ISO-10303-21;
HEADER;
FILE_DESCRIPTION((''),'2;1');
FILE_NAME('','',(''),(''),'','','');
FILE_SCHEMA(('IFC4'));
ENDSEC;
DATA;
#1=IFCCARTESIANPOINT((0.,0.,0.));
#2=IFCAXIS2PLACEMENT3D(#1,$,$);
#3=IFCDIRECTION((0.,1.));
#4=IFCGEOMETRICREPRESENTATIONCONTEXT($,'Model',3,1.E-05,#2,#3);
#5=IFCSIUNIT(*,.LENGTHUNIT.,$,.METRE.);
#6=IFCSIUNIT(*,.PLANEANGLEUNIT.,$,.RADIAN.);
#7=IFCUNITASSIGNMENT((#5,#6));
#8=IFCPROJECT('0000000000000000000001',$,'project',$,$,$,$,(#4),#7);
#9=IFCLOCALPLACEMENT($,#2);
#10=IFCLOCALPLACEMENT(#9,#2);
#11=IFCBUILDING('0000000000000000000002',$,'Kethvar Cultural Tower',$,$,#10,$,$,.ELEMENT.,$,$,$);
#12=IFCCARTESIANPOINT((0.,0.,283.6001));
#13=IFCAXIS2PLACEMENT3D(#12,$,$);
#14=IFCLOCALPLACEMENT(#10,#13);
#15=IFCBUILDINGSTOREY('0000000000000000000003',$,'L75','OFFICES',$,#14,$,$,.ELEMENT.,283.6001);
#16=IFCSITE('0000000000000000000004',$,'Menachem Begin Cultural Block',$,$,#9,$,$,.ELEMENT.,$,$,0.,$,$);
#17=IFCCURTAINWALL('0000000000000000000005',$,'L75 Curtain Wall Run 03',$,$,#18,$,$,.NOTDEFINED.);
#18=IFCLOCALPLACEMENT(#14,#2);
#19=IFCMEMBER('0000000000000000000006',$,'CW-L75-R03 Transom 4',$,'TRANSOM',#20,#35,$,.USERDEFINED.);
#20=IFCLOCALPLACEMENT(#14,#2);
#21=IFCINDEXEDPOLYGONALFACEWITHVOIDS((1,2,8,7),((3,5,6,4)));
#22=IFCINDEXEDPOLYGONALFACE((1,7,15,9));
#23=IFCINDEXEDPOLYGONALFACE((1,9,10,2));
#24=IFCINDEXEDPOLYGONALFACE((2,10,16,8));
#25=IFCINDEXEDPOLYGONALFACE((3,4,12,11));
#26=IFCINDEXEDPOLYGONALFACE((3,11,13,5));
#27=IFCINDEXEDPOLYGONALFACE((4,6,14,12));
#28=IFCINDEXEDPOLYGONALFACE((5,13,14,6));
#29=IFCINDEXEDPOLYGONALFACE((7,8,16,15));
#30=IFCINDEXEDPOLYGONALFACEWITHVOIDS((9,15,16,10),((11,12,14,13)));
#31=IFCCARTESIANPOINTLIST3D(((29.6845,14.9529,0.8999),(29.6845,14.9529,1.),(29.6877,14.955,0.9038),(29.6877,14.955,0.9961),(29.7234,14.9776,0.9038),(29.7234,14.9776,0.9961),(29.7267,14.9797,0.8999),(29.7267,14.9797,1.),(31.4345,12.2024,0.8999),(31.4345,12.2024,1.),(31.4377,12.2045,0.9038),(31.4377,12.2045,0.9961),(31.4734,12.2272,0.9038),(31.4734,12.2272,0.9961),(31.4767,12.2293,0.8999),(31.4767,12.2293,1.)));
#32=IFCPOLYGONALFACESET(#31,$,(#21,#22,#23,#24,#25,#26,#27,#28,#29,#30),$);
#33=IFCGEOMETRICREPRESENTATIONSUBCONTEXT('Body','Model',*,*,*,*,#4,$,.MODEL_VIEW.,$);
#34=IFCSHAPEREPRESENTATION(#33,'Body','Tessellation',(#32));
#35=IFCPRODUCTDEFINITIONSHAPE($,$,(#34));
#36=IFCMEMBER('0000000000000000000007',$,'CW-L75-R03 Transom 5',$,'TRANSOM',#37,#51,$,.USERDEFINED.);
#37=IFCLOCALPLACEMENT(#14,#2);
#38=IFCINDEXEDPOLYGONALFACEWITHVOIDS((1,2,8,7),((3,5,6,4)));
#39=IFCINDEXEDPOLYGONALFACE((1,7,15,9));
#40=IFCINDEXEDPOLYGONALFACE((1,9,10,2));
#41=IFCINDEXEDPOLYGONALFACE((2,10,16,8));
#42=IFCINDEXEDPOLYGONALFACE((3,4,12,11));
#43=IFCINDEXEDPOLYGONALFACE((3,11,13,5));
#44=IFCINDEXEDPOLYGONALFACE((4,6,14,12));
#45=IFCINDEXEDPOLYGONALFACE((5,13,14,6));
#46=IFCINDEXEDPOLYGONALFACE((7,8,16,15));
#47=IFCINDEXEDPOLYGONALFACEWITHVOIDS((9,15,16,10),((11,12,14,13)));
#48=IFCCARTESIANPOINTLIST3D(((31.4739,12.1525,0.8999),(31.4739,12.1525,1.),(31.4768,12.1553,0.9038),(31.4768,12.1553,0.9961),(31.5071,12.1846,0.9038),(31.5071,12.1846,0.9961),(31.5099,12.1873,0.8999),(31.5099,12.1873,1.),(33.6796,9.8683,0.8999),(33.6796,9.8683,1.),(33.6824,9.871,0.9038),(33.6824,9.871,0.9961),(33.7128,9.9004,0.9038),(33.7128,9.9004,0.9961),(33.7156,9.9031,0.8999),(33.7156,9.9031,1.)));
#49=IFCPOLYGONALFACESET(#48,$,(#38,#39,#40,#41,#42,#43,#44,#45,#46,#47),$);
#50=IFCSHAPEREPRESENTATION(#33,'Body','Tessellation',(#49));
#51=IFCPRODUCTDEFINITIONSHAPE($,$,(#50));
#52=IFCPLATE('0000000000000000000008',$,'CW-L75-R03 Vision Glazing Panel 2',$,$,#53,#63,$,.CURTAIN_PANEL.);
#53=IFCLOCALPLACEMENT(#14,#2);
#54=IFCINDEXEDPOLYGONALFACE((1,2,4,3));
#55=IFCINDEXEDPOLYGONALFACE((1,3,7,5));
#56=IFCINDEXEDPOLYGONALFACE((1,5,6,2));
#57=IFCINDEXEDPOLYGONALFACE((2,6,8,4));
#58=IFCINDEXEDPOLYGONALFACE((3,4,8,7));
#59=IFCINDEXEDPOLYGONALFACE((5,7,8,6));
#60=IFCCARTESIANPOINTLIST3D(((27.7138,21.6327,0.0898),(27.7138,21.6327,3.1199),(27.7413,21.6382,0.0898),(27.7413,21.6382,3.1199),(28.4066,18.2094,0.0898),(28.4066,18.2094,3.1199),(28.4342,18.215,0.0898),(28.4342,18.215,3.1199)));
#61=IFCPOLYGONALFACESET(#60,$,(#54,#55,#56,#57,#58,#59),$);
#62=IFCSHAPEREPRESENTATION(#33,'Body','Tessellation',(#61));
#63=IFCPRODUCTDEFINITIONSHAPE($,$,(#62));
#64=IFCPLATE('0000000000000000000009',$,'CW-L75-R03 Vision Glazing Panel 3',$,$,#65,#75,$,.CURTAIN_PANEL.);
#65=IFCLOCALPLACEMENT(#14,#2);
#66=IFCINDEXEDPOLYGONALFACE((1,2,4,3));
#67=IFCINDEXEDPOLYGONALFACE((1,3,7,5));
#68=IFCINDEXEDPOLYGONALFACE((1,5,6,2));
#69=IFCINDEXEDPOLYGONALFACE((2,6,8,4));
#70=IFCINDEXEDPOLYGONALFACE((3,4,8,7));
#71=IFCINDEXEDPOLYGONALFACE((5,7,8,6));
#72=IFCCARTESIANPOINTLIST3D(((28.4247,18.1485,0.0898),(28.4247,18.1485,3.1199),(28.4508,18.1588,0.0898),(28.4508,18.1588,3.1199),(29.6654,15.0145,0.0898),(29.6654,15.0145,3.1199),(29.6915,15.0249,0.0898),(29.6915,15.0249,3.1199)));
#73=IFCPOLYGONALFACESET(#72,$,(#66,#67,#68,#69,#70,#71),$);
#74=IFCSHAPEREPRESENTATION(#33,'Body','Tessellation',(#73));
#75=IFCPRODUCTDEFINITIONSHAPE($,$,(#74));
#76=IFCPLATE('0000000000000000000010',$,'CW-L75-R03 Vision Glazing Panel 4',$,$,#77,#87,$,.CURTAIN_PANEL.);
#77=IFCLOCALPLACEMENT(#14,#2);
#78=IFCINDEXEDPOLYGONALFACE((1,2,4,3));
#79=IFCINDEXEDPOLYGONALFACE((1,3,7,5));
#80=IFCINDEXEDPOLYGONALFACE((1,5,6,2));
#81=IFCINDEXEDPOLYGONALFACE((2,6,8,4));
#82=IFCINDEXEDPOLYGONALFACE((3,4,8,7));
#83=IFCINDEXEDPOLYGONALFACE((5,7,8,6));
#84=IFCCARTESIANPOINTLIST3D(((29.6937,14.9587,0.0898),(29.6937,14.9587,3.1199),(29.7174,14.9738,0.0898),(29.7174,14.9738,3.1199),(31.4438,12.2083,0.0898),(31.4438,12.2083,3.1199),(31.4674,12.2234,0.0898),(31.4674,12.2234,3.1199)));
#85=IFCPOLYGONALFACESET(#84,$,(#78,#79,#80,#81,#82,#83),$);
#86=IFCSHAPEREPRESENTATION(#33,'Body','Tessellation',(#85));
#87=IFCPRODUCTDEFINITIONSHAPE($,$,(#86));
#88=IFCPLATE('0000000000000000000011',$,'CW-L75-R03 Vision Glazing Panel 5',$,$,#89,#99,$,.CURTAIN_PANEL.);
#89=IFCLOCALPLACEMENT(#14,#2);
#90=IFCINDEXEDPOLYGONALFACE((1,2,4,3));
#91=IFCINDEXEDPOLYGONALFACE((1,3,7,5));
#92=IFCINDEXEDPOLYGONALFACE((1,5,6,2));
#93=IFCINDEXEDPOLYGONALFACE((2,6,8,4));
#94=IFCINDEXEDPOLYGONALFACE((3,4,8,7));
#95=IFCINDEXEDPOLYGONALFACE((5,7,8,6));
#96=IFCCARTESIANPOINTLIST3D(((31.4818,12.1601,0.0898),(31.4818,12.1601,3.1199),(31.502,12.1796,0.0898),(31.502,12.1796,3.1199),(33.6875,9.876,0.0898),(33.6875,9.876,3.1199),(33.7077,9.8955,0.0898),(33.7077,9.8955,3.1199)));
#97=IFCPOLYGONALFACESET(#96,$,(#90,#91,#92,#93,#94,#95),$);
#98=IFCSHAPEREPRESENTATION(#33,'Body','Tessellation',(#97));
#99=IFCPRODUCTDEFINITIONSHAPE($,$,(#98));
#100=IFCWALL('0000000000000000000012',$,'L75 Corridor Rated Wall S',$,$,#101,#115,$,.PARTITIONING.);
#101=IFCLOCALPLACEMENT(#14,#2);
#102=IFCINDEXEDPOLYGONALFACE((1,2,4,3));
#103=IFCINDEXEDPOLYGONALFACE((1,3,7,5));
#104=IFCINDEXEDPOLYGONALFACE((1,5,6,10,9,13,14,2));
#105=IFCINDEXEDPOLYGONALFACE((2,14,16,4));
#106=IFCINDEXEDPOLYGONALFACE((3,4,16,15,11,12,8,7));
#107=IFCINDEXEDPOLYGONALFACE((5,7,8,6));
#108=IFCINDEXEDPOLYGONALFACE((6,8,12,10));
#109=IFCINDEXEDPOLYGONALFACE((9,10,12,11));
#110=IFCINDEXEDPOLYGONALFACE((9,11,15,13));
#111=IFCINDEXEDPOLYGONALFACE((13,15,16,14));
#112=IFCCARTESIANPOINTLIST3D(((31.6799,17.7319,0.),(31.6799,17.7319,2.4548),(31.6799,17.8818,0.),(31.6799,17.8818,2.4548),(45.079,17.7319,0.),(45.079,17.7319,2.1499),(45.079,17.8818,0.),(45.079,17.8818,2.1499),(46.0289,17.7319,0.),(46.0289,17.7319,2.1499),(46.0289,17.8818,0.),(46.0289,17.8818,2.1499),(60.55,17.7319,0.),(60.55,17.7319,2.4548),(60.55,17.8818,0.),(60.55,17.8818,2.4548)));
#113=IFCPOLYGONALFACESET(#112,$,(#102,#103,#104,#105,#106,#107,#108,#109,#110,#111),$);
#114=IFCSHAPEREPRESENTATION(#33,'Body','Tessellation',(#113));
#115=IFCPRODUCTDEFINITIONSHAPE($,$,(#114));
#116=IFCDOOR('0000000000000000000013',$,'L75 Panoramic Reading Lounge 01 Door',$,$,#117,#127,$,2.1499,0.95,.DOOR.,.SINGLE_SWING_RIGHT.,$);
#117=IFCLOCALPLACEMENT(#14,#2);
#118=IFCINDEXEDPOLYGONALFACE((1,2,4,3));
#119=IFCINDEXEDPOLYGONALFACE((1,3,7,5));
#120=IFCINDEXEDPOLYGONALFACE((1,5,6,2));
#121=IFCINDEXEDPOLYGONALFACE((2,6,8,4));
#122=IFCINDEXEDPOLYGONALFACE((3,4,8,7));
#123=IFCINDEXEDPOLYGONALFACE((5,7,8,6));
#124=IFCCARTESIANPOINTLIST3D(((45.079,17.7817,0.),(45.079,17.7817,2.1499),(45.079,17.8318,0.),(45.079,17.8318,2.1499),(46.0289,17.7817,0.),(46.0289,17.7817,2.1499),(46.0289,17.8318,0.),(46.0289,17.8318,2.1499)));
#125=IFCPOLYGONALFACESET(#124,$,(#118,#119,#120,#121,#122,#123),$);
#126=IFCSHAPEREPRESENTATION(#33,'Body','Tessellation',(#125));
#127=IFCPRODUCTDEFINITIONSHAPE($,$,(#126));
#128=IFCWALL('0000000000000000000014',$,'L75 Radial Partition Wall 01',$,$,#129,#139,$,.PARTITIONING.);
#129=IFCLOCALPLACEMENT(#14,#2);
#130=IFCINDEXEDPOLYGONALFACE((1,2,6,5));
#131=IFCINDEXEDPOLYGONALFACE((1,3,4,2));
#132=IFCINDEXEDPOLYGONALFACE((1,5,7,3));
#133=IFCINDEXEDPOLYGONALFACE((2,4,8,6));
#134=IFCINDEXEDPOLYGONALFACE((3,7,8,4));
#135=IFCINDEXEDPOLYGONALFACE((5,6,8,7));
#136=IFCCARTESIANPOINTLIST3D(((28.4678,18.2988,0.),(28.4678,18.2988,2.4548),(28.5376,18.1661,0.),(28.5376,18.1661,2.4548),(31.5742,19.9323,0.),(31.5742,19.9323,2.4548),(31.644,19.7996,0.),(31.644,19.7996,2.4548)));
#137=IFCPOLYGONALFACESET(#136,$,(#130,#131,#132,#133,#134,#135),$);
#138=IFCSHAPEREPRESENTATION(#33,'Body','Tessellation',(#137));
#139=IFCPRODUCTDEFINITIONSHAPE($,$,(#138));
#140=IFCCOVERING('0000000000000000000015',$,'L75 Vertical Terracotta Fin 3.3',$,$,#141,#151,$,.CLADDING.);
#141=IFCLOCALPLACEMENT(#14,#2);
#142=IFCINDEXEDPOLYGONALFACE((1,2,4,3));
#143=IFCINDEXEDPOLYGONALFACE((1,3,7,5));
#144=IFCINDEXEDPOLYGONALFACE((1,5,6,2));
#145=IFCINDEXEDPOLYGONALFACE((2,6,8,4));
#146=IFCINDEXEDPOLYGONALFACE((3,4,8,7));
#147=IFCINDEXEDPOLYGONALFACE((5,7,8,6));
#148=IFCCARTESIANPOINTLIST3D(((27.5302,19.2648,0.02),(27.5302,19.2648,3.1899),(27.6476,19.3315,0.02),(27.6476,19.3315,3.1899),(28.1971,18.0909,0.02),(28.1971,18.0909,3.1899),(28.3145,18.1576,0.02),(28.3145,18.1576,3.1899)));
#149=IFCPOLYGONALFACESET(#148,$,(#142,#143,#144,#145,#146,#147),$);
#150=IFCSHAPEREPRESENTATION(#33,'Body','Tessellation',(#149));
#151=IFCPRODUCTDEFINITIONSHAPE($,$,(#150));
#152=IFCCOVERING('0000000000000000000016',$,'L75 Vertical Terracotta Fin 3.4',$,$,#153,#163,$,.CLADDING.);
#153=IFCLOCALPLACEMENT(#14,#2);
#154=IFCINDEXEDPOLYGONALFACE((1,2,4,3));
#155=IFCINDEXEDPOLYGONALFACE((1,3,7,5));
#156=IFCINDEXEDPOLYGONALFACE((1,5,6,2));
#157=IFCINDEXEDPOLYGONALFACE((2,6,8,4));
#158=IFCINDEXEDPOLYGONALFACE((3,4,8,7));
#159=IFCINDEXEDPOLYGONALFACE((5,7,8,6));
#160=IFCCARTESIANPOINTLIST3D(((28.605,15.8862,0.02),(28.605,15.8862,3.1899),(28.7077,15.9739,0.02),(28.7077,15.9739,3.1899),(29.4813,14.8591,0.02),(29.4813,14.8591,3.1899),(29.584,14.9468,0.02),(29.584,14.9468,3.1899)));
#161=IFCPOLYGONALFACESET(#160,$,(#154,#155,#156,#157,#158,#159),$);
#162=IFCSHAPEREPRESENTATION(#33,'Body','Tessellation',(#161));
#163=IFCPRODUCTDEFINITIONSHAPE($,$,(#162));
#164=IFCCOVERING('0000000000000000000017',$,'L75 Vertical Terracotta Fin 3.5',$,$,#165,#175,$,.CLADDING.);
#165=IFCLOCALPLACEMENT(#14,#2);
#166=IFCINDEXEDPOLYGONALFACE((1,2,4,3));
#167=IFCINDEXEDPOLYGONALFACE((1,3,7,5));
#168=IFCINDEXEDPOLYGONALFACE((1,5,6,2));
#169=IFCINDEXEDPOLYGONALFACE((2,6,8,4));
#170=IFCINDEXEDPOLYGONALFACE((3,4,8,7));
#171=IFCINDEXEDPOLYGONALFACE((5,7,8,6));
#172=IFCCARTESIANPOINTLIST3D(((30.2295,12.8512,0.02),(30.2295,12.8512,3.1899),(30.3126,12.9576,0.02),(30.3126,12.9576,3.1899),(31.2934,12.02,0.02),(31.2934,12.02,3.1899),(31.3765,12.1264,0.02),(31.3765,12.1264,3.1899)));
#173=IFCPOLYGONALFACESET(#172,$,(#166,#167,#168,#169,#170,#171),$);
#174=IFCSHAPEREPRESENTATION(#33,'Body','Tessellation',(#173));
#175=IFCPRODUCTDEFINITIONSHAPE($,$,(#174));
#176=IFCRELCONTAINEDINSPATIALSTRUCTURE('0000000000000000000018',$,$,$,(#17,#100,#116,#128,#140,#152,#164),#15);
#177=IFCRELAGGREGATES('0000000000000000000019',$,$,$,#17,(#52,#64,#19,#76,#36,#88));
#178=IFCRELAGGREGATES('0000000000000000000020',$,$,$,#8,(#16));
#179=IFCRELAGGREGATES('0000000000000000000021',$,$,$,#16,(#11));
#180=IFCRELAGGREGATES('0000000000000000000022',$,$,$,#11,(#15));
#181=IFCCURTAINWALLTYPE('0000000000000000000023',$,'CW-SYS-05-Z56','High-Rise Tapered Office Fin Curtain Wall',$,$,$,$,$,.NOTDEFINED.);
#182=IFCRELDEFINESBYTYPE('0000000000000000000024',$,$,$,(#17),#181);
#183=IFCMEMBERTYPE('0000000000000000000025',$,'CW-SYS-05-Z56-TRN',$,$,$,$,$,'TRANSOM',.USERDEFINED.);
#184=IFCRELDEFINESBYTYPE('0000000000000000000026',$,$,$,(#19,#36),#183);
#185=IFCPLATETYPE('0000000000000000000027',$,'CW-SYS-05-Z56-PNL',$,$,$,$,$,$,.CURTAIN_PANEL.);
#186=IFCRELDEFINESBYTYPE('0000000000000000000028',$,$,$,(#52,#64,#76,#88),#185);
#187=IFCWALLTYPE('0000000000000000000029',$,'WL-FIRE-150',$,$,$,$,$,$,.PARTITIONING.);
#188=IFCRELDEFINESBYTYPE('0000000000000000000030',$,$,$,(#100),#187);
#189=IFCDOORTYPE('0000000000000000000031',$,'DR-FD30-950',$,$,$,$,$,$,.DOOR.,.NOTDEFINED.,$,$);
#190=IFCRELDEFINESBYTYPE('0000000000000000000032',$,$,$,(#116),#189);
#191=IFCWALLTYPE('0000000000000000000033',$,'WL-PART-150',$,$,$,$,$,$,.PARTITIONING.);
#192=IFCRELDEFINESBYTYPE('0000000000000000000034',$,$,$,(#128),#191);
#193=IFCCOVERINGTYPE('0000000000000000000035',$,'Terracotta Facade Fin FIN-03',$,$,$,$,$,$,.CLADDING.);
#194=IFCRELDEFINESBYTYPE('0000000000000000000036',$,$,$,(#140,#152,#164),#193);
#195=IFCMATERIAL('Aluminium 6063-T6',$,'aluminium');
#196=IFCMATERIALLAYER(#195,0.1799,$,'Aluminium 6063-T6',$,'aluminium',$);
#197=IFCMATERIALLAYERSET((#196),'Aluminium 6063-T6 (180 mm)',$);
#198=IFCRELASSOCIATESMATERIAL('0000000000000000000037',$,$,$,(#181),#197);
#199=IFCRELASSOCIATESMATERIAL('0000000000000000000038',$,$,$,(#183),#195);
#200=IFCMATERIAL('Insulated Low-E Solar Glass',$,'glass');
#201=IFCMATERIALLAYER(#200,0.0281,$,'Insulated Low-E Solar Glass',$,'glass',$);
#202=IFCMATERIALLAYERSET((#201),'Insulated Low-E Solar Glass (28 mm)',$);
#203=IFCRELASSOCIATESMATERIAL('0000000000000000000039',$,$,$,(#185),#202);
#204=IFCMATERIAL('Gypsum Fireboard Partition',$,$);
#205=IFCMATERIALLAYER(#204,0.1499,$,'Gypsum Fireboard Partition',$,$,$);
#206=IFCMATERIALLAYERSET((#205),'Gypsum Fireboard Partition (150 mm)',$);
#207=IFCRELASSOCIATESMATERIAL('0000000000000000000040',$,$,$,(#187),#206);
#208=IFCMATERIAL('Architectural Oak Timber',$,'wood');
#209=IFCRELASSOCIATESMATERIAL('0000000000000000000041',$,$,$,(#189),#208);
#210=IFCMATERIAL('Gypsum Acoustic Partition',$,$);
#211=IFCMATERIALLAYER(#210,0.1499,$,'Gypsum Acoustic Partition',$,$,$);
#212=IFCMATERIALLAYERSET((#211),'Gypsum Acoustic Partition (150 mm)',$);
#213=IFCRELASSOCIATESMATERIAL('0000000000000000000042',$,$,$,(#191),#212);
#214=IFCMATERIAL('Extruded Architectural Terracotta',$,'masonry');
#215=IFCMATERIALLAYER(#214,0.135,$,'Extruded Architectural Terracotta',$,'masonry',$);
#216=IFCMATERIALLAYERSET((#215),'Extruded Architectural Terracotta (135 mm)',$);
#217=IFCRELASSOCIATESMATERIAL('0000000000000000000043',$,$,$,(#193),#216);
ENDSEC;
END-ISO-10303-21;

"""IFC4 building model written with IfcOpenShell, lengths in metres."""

from ifc_helpers import new_model, si_unit, direction, frame, frame_2d, origin, origin_2d, place, context, subcontext, project, spatial, rectangle, hollow_rectangle, extrude, source, transform, mapped, material, layer, layer_set, material_profile, profile_set, type_object, element, fill, aggregate, save


model = new_model("IFC4")

# Units and contexts
model_context = context("Model", 3, precision=1e-05, world=origin(), true_north=direction((0.0, 1.0)))
body_context = subcontext(model_context, "Body", "Model", "MODEL_VIEW")
ifc_project = project(units=[si_unit("LENGTHUNIT", "METRE"), si_unit("PLANEANGLEUNIT", "RADIAN")], contexts=[model_context])

# Site, building, storey
site_placement = place(None, origin())
site = spatial("IfcSite", under=ifc_project, at=site_placement, Name="Menachem Begin Cultural Block", CompositionType="ELEMENT", RefElevation=0.0)
building_placement = place(site_placement, origin())
building = spatial("IfcBuilding", under=site, at=building_placement, Name="Kethvar Cultural Tower", CompositionType="ELEMENT")
storey_placement = place(building_placement, frame((0.0, 0.0, 283.6001)))
storey = spatial("IfcBuildingStorey", under=building, at=storey_placement, Name="L75", Description="OFFICES", CompositionType="ELEMENT", Elevation=283.6001)

# Curtain wall, members, plates
ifc_material_1 = material(Name="Aluminium 6063-T6", Category="aluminium")
ifc_layer_1 = layer(ifc_material_1, 0.1799, Name="Aluminium 6063-T6", Category="aluminium")
ifc_layer_set_1 = layer_set([ifc_layer_1], Name="Aluminium 6063-T6 (180 mm)")
curtain_wall_type = type_object("IfcCurtainWallType", Name="CW-SYS-05-Z56", Description="High-Rise Tapered Office Fin Curtain Wall", PredefinedType="NOTDEFINED", material=ifc_layer_set_1)
curtain_wall_placement = place(storey_placement, origin())
curtain_wall = element("IfcCurtainWall", 1, at=curtain_wall_placement, inside=storey, type_object=curtain_wall_type, Name="L75 Curtain Wall Run 03", PredefinedType="NOTDEFINED")
ifc_material_profile_1 = material_profile(ifc_material_1, hollow_rectangle(XDim=0.05, YDim=0.1001, WallThickness=0.0039, at=origin_2d()), Name="Aluminium 6063-T6 — RHS100x50x4")
ifc_profile_set_1 = profile_set([ifc_material_profile_1], Name="Aluminium 6063-T6 — RHS100x50x4")
member_type_1 = type_object("IfcMemberType", Name="CW-SYS-05-Z56-TRN", ElementType="TRANSOM", PredefinedType="USERDEFINED", material=ifc_profile_set_1)
shared_shape_1 = source(origin(), body_context, "Body", "SweptSolid", [
    extrude(hollow_rectangle(XDim=0.05, YDim=0.1001, WallThickness=0.0039, at=origin_2d()), origin(), (0.0, 0.0, 1.0), 3.26),
])
member_1_placement = place(storey_placement, frame((29.7056, 14.9663, 0.95), z_axis=(0.536808, -0.843705, 0.0), x_axis=(0.843705, 0.536808, 0.0)))
member_1 = element("IfcMember", 2, at=member_1_placement, type_object=member_type_1, Name="CW-L75-R03 Transom 4", ObjectType="TRANSOM", PredefinedType="USERDEFINED", context=body_context, shape_type="MappedRepresentation", body=[
    mapped(shared_shape_1, transform((0.0, 0.0, 0.0), scale=1.0)),
])
shared_shape_2 = source(origin(), body_context, "Body", "SweptSolid", [
    extrude(hollow_rectangle(XDim=0.05, YDim=0.1001, WallThickness=0.0039, at=origin_2d()), origin(), (0.0, 0.0, 1.0), 3.1753),
])
member_2_placement = place(storey_placement, frame((31.4919, 12.1699, 0.95), z_axis=(0.694619, -0.719378, 0.0), x_axis=(0.719378, 0.694619, 0.0)))
member_2 = element("IfcMember", 3, at=member_2_placement, type_object=member_type_1, Name="CW-L75-R03 Transom 5", ObjectType="TRANSOM", PredefinedType="USERDEFINED", context=body_context, shape_type="MappedRepresentation", body=[
    mapped(shared_shape_2, transform((0.0, 0.0, 0.0), scale=1.0)),
])
ifc_material_2 = material(Name="Insulated Low-E Solar Glass", Category="glass")
ifc_layer_2 = layer(ifc_material_2, 0.0281, Name="Insulated Low-E Solar Glass", Category="glass")
ifc_layer_set_2 = layer_set([ifc_layer_2], Name="Insulated Low-E Solar Glass (28 mm)")
plate_type = type_object("IfcPlateType", Name="CW-SYS-05-Z56-PNL", PredefinedType="CURTAIN_PANEL", material=ifc_layer_set_2)
shared_shape_3 = source(origin(), body_context, "Body", "SweptSolid", [
    extrude(rectangle(XDim=3.4927, YDim=0.0281, at=origin_2d()), origin(), (0.0, 0.0, 1.0), 3.03),
])
plate_1_placement = place(storey_placement, frame((28.074, 19.9238, 0.0898), z_axis=(0.0, 0.0, 1.0), x_axis=(0.198376, -0.980126, 0.0)))
plate_1 = element("IfcPlate", 4, at=plate_1_placement, type_object=plate_type, Name="CW-L75-R03 Vision Glazing Panel 2", PredefinedType="CURTAIN_PANEL", context=body_context, shape_type="MappedRepresentation", body=[
    mapped(shared_shape_3, transform((0.0, 0.0, 0.0), scale=1.0)),
])
shared_shape_4 = source(origin(), body_context, "Body", "SweptSolid", [
    extrude(rectangle(XDim=3.3706, YDim=0.0281, at=origin_2d()), origin(), (0.0, 0.0, 1.0), 3.03),
])
plate_2_placement = place(storey_placement, frame((29.0581, 16.5867, 0.0898), z_axis=(0.0, 0.0, 1.0), x_axis=(0.368092, -0.929789, 0.0)))
plate_2 = element("IfcPlate", 5, at=plate_2_placement, type_object=plate_type, Name="CW-L75-R03 Vision Glazing Panel 3", PredefinedType="CURTAIN_PANEL", context=body_context, shape_type="MappedRepresentation", body=[
    mapped(shared_shape_4, transform((0.0, 0.0, 0.0), scale=1.0)),
])
shared_shape_5 = source(origin(), body_context, "Body", "SweptSolid", [
    extrude(rectangle(XDim=3.26, YDim=0.0281, at=origin_2d()), origin(), (0.0, 0.0, 1.0), 3.03),
])
plate_3_placement = place(storey_placement, frame((30.5806, 13.5911, 0.0898), z_axis=(0.0, 0.0, 1.0), x_axis=(0.536828, -0.843691, 0.0)))
plate_3 = element("IfcPlate", 6, at=plate_3_placement, type_object=plate_type, Name="CW-L75-R03 Vision Glazing Panel 4", PredefinedType="CURTAIN_PANEL", context=body_context, shape_type="MappedRepresentation", body=[
    mapped(shared_shape_5, transform((0.0, 0.0, 0.0), scale=1.0)),
])
shared_shape_6 = source(origin(), body_context, "Body", "SweptSolid", [
    extrude(rectangle(XDim=3.1753, YDim=0.0281, at=origin_2d()), origin(), (0.0, 0.0, 1.0), 3.03),
])
plate_4_placement = place(storey_placement, frame((32.5947, 11.0278, 0.0898), z_axis=(0.0, 0.0, 1.0), x_axis=(0.694658, -0.71934, 0.0)))
plate_4 = element("IfcPlate", 7, at=plate_4_placement, type_object=plate_type, Name="CW-L75-R03 Vision Glazing Panel 5", PredefinedType="CURTAIN_PANEL", context=body_context, shape_type="MappedRepresentation", body=[
    mapped(shared_shape_6, transform((0.0, 0.0, 0.0), scale=1.0)),
])
aggregate(curtain_wall, [plate_1, plate_2, member_1, plate_3, member_2, plate_4])

# Wall, opening, door
ifc_material_3 = material(Name="Gypsum Fireboard Partition")
ifc_layer_3 = layer(ifc_material_3, 0.1499, Name="Gypsum Fireboard Partition")
ifc_layer_set_3 = layer_set([ifc_layer_3], Name="Gypsum Fireboard Partition (150 mm)")
wall_type_1 = type_object("IfcWallType", Name="WL-FIRE-150", PredefinedType="PARTITIONING", material=ifc_layer_set_3)
wall_1_placement = place(storey_placement, frame((31.6799, 17.8069, 0.0), z_axis=(0.0, 0.0, 1.0), x_axis=(1.0, 0.0, 0.0)))
wall_1 = element("IfcWall", 8, at=wall_1_placement, inside=storey, type_object=wall_type_1, Name="L75 Corridor Rated Wall S", PredefinedType="PARTITIONING", context=body_context, shape_type="SweptSolid", body=[
    extrude(rectangle(XDim=28.8701, YDim=0.1499, at=frame_2d((14.4351, 0.0))), origin(), (0.0, 0.0, 1.0), 2.4548),
])
opening_placement = place(wall_1_placement, frame((13.3989, 0.0, 0.0)))
opening = element("IfcOpeningElement", 9, at=opening_placement, cuts=wall_1, PredefinedType="OPENING", context=body_context, shape_type="SweptSolid", body=[
    extrude(rectangle(XDim=0.95, YDim=2.1499, at=frame_2d((0.4751, 1.075))), frame((0.0, 0.085, 0.0), z_axis=(0.0, -1.0, 0.0), x_axis=(1.0, 0.0, 0.0)), (0.0, 0.0, 1.0), 0.1699),
])
ifc_material_4 = material(Name="Architectural Oak Timber", Category="wood")
door_type = type_object("IfcDoorType", Name="DR-FD30-950", OperationType="NOTDEFINED", PredefinedType="DOOR", material=ifc_material_4)
shared_shape_7 = source(origin(), body_context, "Body", "SweptSolid", [
    extrude(rectangle(XDim=0.95, YDim=2.1499, at=frame_2d((0.4751, 1.075))), frame((0.0, 0.0249, 0.0), z_axis=(0.0, -1.0, 0.0), x_axis=(1.0, 0.0, 0.0)), (0.0, 0.0, 1.0), 0.05),
])
door_placement = place(opening_placement, origin())
door = element("IfcDoor", 10, at=door_placement, inside=storey, type_object=door_type, Name="L75 Panoramic Reading Lounge 01 Door", OperationType="SINGLE_SWING_RIGHT", OverallHeight=2.1499, OverallWidth=0.95, PredefinedType="DOOR", context=body_context, shape_type="MappedRepresentation", body=[
    mapped(shared_shape_7, transform((0.0, 0.0, 0.0), scale=1.0)),
])
fill(opening, door)

# Wall
ifc_material_5 = material(Name="Gypsum Acoustic Partition")
ifc_layer_4 = layer(ifc_material_5, 0.1499, Name="Gypsum Acoustic Partition")
ifc_layer_set_4 = layer_set([ifc_layer_4], Name="Gypsum Acoustic Partition (150 mm)")
wall_type_2 = type_object("IfcWallType", Name="WL-PART-150", PredefinedType="PARTITIONING", material=ifc_layer_set_4)
wall_2_placement = place(storey_placement, frame((31.6091, 19.866, 0.0), z_axis=(0.0, 0.0, 1.0), x_axis=(-0.885086, -0.465428, 0.0)))
element("IfcWall", 11, at=wall_2_placement, inside=storey, type_object=wall_type_2, Name="L75 Radial Partition Wall 01", PredefinedType="PARTITIONING", context=body_context, shape_type="SweptSolid", body=[
    extrude(rectangle(XDim=3.5098, YDim=0.1499, at=frame_2d((1.7549, 0.0))), origin(), (0.0, 0.0, 1.0), 2.4548),
])

# Coverings
ifc_material_6 = material(Name="Extruded Architectural Terracotta", Category="masonry")
ifc_layer_5 = layer(ifc_material_6, 0.135, Name="Extruded Architectural Terracotta", Category="masonry")
ifc_layer_set_5 = layer_set([ifc_layer_5], Name="Extruded Architectural Terracotta (135 mm)")
covering_type = type_object("IfcCoveringType", Name="Terracotta Facade Fin FIN-03", PredefinedType="CLADDING", material=ifc_layer_set_5)
shared_shape_8 = source(origin(), body_context, "Body", "SweptSolid", [
    extrude(rectangle(XDim=1.3501, YDim=0.135, at=origin_2d()), origin(), (0.0, 0.0, 1.0), 3.1699),
])
for number, where, z_axis, x_axis, name in (
    (12, (27.9224, 18.7112, 0.02), (0.0, 0.0, 1.0), (-0.493942, 0.869495, 0.0), "L75 Vertical Terracotta Fin 3.3"),
    (13, (29.0945, 15.4165, 0.02), (0.0, 0.0, 1.0), (-0.64905, 0.760746, 0.0), "L75 Vertical Terracotta Fin 3.4"),
    (14, (30.803, 12.4888, 0.02), (0.0, 0.0, 1.0), (-0.788011, 0.615661, 0.0), "L75 Vertical Terracotta Fin 3.5"),
):
    element("IfcCovering", number, at=place(storey_placement, frame(where, z_axis=z_axis, x_axis=x_axis)), inside=storey, type_object=covering_type, Name=name, PredefinedType="CLADDING", context=body_context, shape_type="MappedRepresentation", body=[
        mapped(shared_shape_8, transform((0.0, 0.0, 0.0), scale=1.0)),
    ])

save(model, "model.ifc")
